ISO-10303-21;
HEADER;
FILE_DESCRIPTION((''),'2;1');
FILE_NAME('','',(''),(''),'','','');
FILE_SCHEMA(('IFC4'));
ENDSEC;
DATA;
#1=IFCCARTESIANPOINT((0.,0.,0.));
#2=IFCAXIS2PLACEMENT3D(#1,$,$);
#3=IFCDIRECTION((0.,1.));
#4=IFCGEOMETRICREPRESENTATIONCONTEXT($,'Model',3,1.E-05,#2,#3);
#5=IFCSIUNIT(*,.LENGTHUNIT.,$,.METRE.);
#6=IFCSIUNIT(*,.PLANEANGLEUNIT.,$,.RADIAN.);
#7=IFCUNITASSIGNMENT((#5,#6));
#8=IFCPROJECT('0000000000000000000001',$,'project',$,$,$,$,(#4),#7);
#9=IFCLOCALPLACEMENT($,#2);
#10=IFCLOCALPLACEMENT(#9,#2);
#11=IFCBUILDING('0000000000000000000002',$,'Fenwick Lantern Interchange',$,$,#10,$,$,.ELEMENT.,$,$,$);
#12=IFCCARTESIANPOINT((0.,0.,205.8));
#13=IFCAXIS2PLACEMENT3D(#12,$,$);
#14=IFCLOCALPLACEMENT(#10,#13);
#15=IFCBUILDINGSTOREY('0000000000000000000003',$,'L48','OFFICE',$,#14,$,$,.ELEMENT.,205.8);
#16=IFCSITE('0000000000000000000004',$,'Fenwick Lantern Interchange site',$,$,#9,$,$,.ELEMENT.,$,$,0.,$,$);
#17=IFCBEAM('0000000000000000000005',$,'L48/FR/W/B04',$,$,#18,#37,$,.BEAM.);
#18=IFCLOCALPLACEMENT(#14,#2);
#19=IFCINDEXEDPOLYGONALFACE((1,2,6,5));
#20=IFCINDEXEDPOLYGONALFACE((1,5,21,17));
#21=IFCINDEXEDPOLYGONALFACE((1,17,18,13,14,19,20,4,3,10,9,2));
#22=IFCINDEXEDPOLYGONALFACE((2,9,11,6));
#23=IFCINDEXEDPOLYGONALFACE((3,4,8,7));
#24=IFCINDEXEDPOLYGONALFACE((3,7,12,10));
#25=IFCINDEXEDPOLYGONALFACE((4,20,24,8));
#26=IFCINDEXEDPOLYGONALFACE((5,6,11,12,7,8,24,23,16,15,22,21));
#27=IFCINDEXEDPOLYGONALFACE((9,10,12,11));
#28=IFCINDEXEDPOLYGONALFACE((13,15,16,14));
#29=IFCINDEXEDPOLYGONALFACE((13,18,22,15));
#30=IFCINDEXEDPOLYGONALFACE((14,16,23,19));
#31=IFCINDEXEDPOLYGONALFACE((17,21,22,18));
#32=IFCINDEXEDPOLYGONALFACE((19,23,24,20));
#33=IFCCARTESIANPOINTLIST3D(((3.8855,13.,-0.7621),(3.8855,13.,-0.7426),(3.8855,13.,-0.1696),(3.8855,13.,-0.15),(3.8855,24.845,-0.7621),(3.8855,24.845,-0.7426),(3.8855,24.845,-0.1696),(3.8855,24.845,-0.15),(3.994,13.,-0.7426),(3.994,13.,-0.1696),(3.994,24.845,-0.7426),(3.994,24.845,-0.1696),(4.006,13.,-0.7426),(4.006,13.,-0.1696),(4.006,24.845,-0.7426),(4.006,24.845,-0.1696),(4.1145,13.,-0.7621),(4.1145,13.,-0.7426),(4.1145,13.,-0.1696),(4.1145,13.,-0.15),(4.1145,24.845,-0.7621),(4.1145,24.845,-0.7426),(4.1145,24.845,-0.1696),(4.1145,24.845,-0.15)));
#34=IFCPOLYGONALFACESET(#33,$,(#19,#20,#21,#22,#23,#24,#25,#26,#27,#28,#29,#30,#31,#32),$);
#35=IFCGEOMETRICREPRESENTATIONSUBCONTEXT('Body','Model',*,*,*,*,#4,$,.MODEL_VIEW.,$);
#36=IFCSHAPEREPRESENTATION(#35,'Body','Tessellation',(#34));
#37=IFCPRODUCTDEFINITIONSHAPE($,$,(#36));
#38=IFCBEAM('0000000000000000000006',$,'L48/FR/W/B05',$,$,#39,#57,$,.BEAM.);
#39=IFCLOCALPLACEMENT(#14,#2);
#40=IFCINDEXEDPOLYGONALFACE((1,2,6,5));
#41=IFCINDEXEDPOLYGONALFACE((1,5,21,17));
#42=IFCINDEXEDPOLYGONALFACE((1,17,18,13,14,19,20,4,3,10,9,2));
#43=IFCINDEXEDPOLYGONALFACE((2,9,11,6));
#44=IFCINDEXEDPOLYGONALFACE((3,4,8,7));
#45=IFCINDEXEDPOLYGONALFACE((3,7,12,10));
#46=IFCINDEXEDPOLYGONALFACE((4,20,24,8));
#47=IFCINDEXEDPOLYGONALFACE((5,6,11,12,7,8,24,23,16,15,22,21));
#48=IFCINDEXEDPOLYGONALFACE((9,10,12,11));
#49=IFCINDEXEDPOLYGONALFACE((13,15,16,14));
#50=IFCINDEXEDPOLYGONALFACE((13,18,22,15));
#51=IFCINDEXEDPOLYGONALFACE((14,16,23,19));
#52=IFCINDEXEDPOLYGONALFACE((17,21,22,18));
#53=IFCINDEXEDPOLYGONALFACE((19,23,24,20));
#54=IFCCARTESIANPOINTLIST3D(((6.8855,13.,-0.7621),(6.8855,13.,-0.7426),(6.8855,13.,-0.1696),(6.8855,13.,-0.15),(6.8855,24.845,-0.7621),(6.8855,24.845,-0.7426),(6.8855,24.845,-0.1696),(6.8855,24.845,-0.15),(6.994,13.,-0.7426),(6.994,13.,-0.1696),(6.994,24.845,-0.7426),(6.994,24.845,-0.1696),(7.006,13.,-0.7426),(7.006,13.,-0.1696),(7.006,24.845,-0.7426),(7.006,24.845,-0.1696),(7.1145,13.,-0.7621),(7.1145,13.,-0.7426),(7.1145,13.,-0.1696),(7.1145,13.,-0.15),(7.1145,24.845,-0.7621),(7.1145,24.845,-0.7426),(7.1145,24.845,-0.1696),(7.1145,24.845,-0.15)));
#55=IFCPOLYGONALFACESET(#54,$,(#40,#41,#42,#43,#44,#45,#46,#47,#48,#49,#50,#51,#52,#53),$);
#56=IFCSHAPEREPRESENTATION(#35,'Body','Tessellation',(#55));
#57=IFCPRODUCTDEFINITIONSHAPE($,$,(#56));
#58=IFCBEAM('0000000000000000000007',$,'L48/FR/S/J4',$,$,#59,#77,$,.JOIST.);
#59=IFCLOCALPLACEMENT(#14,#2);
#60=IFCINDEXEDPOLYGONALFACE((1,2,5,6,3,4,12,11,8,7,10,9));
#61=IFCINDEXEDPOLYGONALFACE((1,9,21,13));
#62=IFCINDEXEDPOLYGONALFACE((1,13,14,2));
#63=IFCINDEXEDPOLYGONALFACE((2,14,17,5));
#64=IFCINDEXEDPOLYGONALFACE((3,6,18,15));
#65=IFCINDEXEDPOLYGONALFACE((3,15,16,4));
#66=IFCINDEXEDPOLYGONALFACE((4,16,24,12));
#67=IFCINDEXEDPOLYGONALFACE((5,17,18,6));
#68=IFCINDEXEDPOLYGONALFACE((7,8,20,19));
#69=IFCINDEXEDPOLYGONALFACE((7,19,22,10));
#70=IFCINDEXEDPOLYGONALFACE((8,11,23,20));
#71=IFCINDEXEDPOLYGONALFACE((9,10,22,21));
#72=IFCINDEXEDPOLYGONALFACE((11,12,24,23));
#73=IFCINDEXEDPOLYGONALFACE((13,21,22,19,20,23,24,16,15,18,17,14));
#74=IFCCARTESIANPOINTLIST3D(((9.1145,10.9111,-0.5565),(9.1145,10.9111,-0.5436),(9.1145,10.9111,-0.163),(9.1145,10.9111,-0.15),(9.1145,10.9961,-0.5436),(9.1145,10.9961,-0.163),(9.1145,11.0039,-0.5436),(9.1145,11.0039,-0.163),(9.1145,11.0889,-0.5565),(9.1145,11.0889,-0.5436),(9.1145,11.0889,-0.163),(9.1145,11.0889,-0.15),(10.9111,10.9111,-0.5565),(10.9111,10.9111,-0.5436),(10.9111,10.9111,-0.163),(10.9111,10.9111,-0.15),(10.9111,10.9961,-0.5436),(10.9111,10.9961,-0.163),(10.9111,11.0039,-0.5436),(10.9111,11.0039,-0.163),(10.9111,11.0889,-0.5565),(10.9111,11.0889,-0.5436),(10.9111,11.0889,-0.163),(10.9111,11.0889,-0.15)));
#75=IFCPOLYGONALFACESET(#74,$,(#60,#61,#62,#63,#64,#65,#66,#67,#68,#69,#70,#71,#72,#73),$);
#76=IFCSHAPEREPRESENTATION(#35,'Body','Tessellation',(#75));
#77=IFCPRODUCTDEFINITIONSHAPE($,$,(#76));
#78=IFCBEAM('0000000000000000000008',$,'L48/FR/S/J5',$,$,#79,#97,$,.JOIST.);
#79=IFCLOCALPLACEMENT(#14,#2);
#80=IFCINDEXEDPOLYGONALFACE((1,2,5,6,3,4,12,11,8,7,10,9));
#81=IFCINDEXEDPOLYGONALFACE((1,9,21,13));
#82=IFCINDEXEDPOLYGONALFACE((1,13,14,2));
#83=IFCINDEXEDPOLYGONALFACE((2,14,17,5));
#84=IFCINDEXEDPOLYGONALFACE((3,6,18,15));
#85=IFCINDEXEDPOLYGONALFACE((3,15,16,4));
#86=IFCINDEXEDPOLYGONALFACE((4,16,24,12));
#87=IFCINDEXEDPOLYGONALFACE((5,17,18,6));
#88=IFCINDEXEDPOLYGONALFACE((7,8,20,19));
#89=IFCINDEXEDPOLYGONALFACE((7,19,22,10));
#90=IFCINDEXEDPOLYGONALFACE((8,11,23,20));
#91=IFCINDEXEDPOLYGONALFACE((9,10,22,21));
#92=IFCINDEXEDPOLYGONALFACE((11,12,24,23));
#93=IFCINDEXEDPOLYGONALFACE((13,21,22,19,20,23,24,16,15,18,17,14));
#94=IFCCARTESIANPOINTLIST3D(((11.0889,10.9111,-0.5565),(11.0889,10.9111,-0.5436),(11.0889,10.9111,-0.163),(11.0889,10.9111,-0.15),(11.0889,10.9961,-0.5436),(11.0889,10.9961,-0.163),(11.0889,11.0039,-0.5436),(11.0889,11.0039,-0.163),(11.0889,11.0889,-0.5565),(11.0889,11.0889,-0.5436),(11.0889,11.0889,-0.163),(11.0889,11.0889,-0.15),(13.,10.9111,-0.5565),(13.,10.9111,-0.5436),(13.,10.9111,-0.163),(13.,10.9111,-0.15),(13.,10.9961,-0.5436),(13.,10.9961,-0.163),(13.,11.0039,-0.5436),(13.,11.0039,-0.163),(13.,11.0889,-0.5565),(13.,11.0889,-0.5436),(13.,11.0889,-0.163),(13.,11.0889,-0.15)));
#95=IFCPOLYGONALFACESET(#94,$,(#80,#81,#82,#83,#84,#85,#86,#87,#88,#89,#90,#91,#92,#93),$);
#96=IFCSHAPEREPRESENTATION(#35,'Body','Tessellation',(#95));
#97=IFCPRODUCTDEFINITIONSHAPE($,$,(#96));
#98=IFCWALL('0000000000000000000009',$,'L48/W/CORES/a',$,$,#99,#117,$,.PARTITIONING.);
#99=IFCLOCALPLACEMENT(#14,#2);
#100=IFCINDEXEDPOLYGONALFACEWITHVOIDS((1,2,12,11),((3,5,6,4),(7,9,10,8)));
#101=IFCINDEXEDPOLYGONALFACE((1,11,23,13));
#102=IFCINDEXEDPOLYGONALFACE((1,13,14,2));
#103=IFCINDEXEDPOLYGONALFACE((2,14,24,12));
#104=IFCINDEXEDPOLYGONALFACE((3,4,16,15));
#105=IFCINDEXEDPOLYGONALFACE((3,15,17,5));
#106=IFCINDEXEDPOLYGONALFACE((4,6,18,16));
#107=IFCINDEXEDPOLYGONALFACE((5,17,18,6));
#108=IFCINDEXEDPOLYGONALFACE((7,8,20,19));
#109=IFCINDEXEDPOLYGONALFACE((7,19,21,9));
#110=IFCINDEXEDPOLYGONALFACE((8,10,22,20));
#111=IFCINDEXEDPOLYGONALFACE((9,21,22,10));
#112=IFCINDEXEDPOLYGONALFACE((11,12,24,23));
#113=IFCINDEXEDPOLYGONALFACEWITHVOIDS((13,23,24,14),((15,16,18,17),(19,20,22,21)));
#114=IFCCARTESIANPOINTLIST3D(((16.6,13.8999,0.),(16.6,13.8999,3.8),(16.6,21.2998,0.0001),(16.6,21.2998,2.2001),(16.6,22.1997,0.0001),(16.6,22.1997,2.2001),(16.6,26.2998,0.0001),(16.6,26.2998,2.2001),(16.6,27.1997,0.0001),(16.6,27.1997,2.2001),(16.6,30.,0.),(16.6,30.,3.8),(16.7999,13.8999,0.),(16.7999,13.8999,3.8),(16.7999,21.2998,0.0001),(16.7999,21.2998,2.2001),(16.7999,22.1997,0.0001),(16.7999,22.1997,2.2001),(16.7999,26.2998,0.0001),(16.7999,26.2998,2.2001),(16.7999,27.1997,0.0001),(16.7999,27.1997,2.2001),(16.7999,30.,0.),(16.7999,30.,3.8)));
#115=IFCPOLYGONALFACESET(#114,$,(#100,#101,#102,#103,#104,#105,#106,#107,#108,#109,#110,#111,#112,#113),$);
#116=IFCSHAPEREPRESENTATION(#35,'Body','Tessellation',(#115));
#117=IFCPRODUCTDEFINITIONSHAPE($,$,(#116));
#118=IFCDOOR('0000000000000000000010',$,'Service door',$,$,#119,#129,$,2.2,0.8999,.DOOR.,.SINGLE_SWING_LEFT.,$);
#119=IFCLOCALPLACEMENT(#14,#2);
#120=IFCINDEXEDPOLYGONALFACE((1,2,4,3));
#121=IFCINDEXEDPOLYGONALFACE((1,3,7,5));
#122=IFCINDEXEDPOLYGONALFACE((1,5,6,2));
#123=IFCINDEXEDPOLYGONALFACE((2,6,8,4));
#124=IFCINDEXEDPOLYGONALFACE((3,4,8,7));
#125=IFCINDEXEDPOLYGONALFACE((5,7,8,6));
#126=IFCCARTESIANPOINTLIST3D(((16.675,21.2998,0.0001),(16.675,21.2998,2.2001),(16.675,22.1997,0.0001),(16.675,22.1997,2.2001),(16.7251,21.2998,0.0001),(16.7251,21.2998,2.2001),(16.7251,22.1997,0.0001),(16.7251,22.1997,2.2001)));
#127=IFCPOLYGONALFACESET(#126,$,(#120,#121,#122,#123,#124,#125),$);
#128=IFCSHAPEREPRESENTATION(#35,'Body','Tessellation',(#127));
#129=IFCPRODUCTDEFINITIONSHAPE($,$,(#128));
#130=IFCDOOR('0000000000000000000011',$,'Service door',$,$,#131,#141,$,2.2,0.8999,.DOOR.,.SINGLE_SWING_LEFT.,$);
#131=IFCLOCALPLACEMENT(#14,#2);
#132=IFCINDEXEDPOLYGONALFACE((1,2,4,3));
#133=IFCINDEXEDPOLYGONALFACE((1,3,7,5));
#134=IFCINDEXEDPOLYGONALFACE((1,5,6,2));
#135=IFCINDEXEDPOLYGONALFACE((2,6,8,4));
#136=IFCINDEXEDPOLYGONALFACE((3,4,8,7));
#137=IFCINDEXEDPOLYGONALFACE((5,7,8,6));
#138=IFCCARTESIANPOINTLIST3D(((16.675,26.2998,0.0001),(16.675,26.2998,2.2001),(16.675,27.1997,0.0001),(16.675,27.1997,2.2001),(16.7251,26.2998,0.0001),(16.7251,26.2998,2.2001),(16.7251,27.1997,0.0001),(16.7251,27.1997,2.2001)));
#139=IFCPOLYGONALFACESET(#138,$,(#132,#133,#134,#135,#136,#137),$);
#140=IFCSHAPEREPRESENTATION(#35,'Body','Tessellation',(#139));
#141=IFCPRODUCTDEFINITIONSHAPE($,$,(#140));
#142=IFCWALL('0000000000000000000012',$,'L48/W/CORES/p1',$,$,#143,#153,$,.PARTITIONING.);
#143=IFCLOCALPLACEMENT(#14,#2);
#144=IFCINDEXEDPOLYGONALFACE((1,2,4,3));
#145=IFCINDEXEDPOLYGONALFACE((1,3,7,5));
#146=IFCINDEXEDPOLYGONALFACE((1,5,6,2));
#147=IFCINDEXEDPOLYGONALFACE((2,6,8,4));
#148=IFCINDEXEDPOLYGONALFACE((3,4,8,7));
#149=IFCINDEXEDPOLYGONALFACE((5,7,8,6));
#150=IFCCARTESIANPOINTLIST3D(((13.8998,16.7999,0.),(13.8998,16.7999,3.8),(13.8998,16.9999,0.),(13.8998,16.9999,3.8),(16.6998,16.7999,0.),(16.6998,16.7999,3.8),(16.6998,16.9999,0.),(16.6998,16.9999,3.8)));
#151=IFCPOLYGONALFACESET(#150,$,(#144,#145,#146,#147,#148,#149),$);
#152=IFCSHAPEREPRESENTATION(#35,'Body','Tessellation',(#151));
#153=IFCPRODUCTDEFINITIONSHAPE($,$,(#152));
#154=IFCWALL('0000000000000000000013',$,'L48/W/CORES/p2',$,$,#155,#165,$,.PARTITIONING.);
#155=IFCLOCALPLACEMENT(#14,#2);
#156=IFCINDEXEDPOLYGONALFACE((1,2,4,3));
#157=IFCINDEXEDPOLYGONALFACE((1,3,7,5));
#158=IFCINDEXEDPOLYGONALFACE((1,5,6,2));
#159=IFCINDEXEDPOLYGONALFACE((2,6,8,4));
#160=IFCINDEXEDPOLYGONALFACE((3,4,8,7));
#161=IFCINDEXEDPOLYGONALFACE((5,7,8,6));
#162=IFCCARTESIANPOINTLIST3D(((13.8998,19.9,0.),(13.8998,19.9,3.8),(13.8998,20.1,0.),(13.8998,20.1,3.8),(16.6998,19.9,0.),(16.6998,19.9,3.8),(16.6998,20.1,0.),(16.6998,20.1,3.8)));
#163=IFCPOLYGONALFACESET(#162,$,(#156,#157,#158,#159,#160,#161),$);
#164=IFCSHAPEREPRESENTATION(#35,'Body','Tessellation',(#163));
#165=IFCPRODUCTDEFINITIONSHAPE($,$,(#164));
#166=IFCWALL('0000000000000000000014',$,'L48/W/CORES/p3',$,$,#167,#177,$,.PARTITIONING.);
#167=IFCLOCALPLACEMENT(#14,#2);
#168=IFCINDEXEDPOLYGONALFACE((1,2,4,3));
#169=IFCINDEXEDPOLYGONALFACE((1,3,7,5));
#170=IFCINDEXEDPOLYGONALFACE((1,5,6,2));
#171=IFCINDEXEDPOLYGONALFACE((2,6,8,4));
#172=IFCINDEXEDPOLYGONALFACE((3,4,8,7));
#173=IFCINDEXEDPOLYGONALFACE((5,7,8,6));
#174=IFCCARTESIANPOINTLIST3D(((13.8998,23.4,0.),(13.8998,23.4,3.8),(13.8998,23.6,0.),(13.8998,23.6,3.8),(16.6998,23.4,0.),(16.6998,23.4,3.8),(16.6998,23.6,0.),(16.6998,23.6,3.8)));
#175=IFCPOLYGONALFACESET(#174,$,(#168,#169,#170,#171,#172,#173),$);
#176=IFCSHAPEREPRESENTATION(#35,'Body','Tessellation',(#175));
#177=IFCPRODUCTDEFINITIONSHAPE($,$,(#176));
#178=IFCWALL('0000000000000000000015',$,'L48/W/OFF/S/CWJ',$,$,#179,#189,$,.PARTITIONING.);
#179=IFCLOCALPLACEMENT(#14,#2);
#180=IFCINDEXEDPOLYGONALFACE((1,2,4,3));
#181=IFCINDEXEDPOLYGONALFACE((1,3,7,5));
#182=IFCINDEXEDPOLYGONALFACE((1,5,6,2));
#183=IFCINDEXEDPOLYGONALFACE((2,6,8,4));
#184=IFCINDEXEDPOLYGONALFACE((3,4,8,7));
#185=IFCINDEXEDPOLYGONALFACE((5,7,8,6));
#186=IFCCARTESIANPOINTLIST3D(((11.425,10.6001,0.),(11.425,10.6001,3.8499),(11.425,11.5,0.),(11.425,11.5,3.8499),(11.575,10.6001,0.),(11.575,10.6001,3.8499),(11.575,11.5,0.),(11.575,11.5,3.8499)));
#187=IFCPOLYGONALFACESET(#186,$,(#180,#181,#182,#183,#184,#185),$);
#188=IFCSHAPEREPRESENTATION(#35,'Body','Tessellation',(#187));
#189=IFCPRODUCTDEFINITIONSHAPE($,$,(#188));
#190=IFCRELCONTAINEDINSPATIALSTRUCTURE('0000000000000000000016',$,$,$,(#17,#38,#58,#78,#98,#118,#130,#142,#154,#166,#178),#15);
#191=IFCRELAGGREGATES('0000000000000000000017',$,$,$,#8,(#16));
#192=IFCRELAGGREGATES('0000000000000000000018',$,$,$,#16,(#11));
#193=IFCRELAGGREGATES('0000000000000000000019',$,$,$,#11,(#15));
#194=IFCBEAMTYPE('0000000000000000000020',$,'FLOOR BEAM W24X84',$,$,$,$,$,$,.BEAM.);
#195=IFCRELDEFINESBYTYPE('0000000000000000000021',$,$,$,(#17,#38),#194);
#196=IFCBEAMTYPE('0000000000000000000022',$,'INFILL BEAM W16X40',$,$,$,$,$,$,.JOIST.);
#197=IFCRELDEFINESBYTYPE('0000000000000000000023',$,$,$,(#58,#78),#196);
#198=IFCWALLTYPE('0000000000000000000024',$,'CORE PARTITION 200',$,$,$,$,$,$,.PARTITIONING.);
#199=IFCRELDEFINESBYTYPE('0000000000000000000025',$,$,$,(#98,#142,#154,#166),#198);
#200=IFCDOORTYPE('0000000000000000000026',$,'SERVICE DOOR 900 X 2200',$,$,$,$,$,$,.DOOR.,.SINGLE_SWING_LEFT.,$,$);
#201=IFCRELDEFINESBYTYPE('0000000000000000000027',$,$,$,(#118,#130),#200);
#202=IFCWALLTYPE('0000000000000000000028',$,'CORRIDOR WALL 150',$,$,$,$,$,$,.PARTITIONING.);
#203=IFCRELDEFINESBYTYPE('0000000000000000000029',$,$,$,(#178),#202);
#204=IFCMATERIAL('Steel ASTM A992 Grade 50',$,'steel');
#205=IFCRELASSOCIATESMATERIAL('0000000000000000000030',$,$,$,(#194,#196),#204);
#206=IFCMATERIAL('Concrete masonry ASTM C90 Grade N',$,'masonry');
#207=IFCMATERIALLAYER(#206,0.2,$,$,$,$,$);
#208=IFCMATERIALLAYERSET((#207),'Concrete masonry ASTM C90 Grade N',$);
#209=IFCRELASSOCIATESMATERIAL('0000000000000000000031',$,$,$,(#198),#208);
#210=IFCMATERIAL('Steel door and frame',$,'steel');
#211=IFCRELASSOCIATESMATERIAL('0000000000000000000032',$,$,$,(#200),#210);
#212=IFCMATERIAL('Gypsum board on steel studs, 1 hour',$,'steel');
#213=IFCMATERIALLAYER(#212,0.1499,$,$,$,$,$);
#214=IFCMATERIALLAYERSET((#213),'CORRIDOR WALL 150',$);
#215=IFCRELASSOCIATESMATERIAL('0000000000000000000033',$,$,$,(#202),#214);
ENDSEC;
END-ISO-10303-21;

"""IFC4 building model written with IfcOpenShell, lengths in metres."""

from ifc_helpers import new_model, si_unit, direction, frame, frame_2d, origin, origin_2d, place, context, subcontext, project, spatial, rectangle, i_section, extrude, material, layer, layer_set, material_profile, profile_set, type_object, element, fill, save


model = new_model("IFC4")

# Units and contexts
model_context = context("Model", 3, precision=1e-05, world=origin(), true_north=direction((0.0, 1.0)))
body_context = subcontext(model_context, "Body", "Model", "MODEL_VIEW")
ifc_project = project(units=[si_unit("LENGTHUNIT", "METRE"), si_unit("PLANEANGLEUNIT", "RADIAN")], contexts=[model_context])

# Site, building, storey
site_placement = place(None, origin())
site = spatial("IfcSite", under=ifc_project, at=site_placement, Name="Fenwick Lantern Interchange site", CompositionType="ELEMENT", RefElevation=0.0)
building_placement = place(site_placement, origin())
building = spatial("IfcBuilding", under=site, at=building_placement, Name="Fenwick Lantern Interchange", CompositionType="ELEMENT")
storey_placement = place(building_placement, frame((0.0, 0.0, 205.8)))
storey = spatial("IfcBuildingStorey", under=building, at=storey_placement, Name="L48", Description="OFFICE", CompositionType="ELEMENT", Elevation=205.8)

# Beams
ifc_material_1 = material(Name="Steel ASTM A992 Grade 50", Category="steel")
ifc_material_profile_1 = material_profile(ifc_material_1, i_section(OverallWidth=0.229, OverallDepth=0.6121, WebThickness=0.012, FlangeThickness=0.0195, at=origin_2d()), Name="W24X84")
ifc_profile_set_1 = profile_set([ifc_material_profile_1], Name="Steel ASTM A992 Grade 50")
beam_type_1 = type_object("IfcBeamType", Name="FLOOR BEAM W24X84", PredefinedType="BEAM", material=ifc_profile_set_1)
for number, where, z_axis, x_axis, name in (
    (1, (4.0, 24.845, -0.4561), (0.0, -1.0, 0.0), (1.0, 0.0, 0.0), "L48/FR/W/B04"),
    (2, (7.0, 24.845, -0.4561), (0.0, -1.0, 0.0), (1.0, 0.0, 0.0), "L48/FR/W/B05"),
):
    element("IfcBeam", number, at=place(storey_placement, frame(where, z_axis=z_axis, x_axis=x_axis)), inside=storey, type_object=beam_type_1, Name=name, PredefinedType="BEAM", context=body_context, shape_type="SweptSolid", body=[
        extrude(i_section(OverallWidth=0.229, OverallDepth=0.6121, WebThickness=0.012, FlangeThickness=0.0195, at=origin_2d()), origin(), (0.0, 0.0, 1.0), 11.845),
    ])
ifc_material_profile_2 = material_profile(ifc_material_1, i_section(OverallWidth=0.1777, OverallDepth=0.4065, WebThickness=0.0078, FlangeThickness=0.0129, at=origin_2d()), Name="W16X40")
ifc_profile_set_2 = profile_set([ifc_material_profile_2], Name="Steel ASTM A992 Grade 50")
beam_type_2 = type_object("IfcBeamType", Name="INFILL BEAM W16X40", PredefinedType="JOIST", material=ifc_profile_set_2)
beam_1_placement = place(storey_placement, frame((9.1145, 11.0, -0.3533), z_axis=(1.0, 0.0, 0.0), x_axis=(0.0, 1.0, 0.0)))
element("IfcBeam", 3, at=beam_1_placement, inside=storey, type_object=beam_type_2, Name="L48/FR/S/J4", PredefinedType="JOIST", context=body_context, shape_type="SweptSolid", body=[
    extrude(i_section(OverallWidth=0.1777, OverallDepth=0.4065, WebThickness=0.0078, FlangeThickness=0.0129, at=origin_2d()), origin(), (0.0, 0.0, 1.0), 1.7966),
])
beam_2_placement = place(storey_placement, frame((11.0889, 11.0, -0.3533), z_axis=(1.0, 0.0, 0.0), x_axis=(0.0, 1.0, 0.0)))
element("IfcBeam", 4, at=beam_2_placement, inside=storey, type_object=beam_type_2, Name="L48/FR/S/J5", PredefinedType="JOIST", context=body_context, shape_type="SweptSolid", body=[
    extrude(i_section(OverallWidth=0.1777, OverallDepth=0.4065, WebThickness=0.0078, FlangeThickness=0.0129, at=origin_2d()), origin(), (0.0, 0.0, 1.0), 1.9111),
])

# Wall, openings, doors
ifc_material_2 = material(Name="Concrete masonry ASTM C90 Grade N", Category="masonry")
ifc_layer_1 = layer(ifc_material_2, 0.2)
ifc_layer_set_1 = layer_set([ifc_layer_1], Name="Concrete masonry ASTM C90 Grade N")
wall_type_1 = type_object("IfcWallType", Name="CORE PARTITION 200", PredefinedType="PARTITIONING", material=ifc_layer_set_1)
wall_1_placement = place(storey_placement, frame((16.7, 13.8999, 0.0), z_axis=(0.0, 0.0, 1.0), x_axis=(0.0, 1.0, 0.0)))
wall_1 = element("IfcWall", 5, at=wall_1_placement, inside=storey, type_object=wall_type_1, Name="L48/W/CORES/a", PredefinedType="PARTITIONING", context=body_context, shape_type="SweptSolid", body=[
    extrude(rectangle(XDim=16.1001, YDim=0.2, at=frame_2d((8.05, 0.0))), origin(), (0.0, 0.0, 1.0), 3.8),
])
opening_1_placement = place(wall_1_placement, frame((7.3999, 0.0, 0.0)))
opening_1 = element("IfcOpeningElement", 6, at=opening_1_placement, cuts=wall_1, PredefinedType="OPENING", context=body_context, shape_type="SweptSolid", body=[
    extrude(rectangle(XDim=0.8999, YDim=2.2, at=frame_2d((0.45, 1.1001))), frame((0.0, 0.1099, 0.0), z_axis=(0.0, -1.0, 0.0), x_axis=(1.0, 0.0, 0.0)), (0.0, 0.0, 1.0), 0.22),
])
opening_2_placement = place(wall_1_placement, frame((12.3999, 0.0, 0.0)))
opening_2 = element("IfcOpeningElement", 7, at=opening_2_placement, cuts=wall_1, PredefinedType="OPENING", context=body_context, shape_type="SweptSolid", body=[
    extrude(rectangle(XDim=0.8999, YDim=2.2, at=frame_2d((0.45, 1.1001))), frame((0.0, 0.1099, 0.0), z_axis=(0.0, -1.0, 0.0), x_axis=(1.0, 0.0, 0.0)), (0.0, 0.0, 1.0), 0.22),
])
ifc_material_3 = material(Name="Steel door and frame", Category="steel")
door_type_1 = type_object("IfcDoorType", Name="SERVICE DOOR 900 X 2200", OperationType="SINGLE_SWING_LEFT", PredefinedType="DOOR", material=ifc_material_3)
door_1_placement = place(opening_1_placement, origin())
door_1 = element("IfcDoor", 8, at=door_1_placement, inside=storey, type_object=door_type_1, Name="Service door", OperationType="SINGLE_SWING_LEFT", OverallHeight=2.2, OverallWidth=0.8999, PredefinedType="DOOR", context=body_context, shape_type="SweptSolid", body=[
    extrude(rectangle(XDim=0.8999, YDim=2.2, at=frame_2d((0.45, 1.1001))), frame((0.0, 0.0249, 0.0), z_axis=(0.0, -1.0, 0.0), x_axis=(1.0, 0.0, 0.0)), (0.0, 0.0, 1.0), 0.05),
])
fill(opening_1, door_1)
door_2_placement = place(opening_2_placement, origin())
door_2 = element("IfcDoor", 9, at=door_2_placement, inside=storey, type_object=door_type_1, Name="Service door", OperationType="SINGLE_SWING_LEFT", OverallHeight=2.2, OverallWidth=0.8999, PredefinedType="DOOR", context=body_context, shape_type="SweptSolid", body=[
    extrude(rectangle(XDim=0.8999, YDim=2.2, at=frame_2d((0.45, 1.1001))), frame((0.0, 0.0249, 0.0), z_axis=(0.0, -1.0, 0.0), x_axis=(1.0, 0.0, 0.0)), (0.0, 0.0, 1.0), 0.05),
])
fill(opening_2, door_2)

# Walls
for number, where, z_axis, x_axis, name in (
    (10, (13.8999, 16.8999, 0.0), (0.0, 0.0, 1.0), (1.0, 0.0, 0.0), "L48/W/CORES/p1"),
    (11, (13.8999, 20.0, 0.0), (0.0, 0.0, 1.0), (1.0, 0.0, 0.0), "L48/W/CORES/p2"),
    (12, (13.8999, 23.5, 0.0), (0.0, 0.0, 1.0), (1.0, 0.0, 0.0), "L48/W/CORES/p3"),
):
    element("IfcWall", number, at=place(storey_placement, frame(where, z_axis=z_axis, x_axis=x_axis)), inside=storey, type_object=wall_type_1, Name=name, PredefinedType="PARTITIONING", context=body_context, shape_type="SweptSolid", body=[
        extrude(rectangle(XDim=2.8, YDim=0.2, at=frame_2d((1.3999, 0.0))), origin(), (0.0, 0.0, 1.0), 3.8),
    ])

# Wall
ifc_material_4 = material(Name="Gypsum board on steel studs, 1 hour", Category="steel")
ifc_layer_2 = layer(ifc_material_4, 0.1499)
ifc_layer_set_2 = layer_set([ifc_layer_2], Name="CORRIDOR WALL 150")
wall_type_2 = type_object("IfcWallType", Name="CORRIDOR WALL 150", PredefinedType="PARTITIONING", material=ifc_layer_set_2)
wall_2_placement = place(storey_placement, frame((11.5, 11.5, 0.0), z_axis=(0.0, 0.0, 1.0), x_axis=(0.0, -1.0, 0.0)))
element("IfcWall", 13, at=wall_2_placement, inside=storey, type_object=wall_type_2, Name="L48/W/OFF/S/CWJ", PredefinedType="PARTITIONING", context=body_context, shape_type="SweptSolid", body=[
    extrude(rectangle(XDim=0.8999, YDim=0.1499, at=frame_2d((0.45, 0.0))), origin(), (0.0, 0.0, 1.0), 3.8499),
])

save(model, "model.ifc")
